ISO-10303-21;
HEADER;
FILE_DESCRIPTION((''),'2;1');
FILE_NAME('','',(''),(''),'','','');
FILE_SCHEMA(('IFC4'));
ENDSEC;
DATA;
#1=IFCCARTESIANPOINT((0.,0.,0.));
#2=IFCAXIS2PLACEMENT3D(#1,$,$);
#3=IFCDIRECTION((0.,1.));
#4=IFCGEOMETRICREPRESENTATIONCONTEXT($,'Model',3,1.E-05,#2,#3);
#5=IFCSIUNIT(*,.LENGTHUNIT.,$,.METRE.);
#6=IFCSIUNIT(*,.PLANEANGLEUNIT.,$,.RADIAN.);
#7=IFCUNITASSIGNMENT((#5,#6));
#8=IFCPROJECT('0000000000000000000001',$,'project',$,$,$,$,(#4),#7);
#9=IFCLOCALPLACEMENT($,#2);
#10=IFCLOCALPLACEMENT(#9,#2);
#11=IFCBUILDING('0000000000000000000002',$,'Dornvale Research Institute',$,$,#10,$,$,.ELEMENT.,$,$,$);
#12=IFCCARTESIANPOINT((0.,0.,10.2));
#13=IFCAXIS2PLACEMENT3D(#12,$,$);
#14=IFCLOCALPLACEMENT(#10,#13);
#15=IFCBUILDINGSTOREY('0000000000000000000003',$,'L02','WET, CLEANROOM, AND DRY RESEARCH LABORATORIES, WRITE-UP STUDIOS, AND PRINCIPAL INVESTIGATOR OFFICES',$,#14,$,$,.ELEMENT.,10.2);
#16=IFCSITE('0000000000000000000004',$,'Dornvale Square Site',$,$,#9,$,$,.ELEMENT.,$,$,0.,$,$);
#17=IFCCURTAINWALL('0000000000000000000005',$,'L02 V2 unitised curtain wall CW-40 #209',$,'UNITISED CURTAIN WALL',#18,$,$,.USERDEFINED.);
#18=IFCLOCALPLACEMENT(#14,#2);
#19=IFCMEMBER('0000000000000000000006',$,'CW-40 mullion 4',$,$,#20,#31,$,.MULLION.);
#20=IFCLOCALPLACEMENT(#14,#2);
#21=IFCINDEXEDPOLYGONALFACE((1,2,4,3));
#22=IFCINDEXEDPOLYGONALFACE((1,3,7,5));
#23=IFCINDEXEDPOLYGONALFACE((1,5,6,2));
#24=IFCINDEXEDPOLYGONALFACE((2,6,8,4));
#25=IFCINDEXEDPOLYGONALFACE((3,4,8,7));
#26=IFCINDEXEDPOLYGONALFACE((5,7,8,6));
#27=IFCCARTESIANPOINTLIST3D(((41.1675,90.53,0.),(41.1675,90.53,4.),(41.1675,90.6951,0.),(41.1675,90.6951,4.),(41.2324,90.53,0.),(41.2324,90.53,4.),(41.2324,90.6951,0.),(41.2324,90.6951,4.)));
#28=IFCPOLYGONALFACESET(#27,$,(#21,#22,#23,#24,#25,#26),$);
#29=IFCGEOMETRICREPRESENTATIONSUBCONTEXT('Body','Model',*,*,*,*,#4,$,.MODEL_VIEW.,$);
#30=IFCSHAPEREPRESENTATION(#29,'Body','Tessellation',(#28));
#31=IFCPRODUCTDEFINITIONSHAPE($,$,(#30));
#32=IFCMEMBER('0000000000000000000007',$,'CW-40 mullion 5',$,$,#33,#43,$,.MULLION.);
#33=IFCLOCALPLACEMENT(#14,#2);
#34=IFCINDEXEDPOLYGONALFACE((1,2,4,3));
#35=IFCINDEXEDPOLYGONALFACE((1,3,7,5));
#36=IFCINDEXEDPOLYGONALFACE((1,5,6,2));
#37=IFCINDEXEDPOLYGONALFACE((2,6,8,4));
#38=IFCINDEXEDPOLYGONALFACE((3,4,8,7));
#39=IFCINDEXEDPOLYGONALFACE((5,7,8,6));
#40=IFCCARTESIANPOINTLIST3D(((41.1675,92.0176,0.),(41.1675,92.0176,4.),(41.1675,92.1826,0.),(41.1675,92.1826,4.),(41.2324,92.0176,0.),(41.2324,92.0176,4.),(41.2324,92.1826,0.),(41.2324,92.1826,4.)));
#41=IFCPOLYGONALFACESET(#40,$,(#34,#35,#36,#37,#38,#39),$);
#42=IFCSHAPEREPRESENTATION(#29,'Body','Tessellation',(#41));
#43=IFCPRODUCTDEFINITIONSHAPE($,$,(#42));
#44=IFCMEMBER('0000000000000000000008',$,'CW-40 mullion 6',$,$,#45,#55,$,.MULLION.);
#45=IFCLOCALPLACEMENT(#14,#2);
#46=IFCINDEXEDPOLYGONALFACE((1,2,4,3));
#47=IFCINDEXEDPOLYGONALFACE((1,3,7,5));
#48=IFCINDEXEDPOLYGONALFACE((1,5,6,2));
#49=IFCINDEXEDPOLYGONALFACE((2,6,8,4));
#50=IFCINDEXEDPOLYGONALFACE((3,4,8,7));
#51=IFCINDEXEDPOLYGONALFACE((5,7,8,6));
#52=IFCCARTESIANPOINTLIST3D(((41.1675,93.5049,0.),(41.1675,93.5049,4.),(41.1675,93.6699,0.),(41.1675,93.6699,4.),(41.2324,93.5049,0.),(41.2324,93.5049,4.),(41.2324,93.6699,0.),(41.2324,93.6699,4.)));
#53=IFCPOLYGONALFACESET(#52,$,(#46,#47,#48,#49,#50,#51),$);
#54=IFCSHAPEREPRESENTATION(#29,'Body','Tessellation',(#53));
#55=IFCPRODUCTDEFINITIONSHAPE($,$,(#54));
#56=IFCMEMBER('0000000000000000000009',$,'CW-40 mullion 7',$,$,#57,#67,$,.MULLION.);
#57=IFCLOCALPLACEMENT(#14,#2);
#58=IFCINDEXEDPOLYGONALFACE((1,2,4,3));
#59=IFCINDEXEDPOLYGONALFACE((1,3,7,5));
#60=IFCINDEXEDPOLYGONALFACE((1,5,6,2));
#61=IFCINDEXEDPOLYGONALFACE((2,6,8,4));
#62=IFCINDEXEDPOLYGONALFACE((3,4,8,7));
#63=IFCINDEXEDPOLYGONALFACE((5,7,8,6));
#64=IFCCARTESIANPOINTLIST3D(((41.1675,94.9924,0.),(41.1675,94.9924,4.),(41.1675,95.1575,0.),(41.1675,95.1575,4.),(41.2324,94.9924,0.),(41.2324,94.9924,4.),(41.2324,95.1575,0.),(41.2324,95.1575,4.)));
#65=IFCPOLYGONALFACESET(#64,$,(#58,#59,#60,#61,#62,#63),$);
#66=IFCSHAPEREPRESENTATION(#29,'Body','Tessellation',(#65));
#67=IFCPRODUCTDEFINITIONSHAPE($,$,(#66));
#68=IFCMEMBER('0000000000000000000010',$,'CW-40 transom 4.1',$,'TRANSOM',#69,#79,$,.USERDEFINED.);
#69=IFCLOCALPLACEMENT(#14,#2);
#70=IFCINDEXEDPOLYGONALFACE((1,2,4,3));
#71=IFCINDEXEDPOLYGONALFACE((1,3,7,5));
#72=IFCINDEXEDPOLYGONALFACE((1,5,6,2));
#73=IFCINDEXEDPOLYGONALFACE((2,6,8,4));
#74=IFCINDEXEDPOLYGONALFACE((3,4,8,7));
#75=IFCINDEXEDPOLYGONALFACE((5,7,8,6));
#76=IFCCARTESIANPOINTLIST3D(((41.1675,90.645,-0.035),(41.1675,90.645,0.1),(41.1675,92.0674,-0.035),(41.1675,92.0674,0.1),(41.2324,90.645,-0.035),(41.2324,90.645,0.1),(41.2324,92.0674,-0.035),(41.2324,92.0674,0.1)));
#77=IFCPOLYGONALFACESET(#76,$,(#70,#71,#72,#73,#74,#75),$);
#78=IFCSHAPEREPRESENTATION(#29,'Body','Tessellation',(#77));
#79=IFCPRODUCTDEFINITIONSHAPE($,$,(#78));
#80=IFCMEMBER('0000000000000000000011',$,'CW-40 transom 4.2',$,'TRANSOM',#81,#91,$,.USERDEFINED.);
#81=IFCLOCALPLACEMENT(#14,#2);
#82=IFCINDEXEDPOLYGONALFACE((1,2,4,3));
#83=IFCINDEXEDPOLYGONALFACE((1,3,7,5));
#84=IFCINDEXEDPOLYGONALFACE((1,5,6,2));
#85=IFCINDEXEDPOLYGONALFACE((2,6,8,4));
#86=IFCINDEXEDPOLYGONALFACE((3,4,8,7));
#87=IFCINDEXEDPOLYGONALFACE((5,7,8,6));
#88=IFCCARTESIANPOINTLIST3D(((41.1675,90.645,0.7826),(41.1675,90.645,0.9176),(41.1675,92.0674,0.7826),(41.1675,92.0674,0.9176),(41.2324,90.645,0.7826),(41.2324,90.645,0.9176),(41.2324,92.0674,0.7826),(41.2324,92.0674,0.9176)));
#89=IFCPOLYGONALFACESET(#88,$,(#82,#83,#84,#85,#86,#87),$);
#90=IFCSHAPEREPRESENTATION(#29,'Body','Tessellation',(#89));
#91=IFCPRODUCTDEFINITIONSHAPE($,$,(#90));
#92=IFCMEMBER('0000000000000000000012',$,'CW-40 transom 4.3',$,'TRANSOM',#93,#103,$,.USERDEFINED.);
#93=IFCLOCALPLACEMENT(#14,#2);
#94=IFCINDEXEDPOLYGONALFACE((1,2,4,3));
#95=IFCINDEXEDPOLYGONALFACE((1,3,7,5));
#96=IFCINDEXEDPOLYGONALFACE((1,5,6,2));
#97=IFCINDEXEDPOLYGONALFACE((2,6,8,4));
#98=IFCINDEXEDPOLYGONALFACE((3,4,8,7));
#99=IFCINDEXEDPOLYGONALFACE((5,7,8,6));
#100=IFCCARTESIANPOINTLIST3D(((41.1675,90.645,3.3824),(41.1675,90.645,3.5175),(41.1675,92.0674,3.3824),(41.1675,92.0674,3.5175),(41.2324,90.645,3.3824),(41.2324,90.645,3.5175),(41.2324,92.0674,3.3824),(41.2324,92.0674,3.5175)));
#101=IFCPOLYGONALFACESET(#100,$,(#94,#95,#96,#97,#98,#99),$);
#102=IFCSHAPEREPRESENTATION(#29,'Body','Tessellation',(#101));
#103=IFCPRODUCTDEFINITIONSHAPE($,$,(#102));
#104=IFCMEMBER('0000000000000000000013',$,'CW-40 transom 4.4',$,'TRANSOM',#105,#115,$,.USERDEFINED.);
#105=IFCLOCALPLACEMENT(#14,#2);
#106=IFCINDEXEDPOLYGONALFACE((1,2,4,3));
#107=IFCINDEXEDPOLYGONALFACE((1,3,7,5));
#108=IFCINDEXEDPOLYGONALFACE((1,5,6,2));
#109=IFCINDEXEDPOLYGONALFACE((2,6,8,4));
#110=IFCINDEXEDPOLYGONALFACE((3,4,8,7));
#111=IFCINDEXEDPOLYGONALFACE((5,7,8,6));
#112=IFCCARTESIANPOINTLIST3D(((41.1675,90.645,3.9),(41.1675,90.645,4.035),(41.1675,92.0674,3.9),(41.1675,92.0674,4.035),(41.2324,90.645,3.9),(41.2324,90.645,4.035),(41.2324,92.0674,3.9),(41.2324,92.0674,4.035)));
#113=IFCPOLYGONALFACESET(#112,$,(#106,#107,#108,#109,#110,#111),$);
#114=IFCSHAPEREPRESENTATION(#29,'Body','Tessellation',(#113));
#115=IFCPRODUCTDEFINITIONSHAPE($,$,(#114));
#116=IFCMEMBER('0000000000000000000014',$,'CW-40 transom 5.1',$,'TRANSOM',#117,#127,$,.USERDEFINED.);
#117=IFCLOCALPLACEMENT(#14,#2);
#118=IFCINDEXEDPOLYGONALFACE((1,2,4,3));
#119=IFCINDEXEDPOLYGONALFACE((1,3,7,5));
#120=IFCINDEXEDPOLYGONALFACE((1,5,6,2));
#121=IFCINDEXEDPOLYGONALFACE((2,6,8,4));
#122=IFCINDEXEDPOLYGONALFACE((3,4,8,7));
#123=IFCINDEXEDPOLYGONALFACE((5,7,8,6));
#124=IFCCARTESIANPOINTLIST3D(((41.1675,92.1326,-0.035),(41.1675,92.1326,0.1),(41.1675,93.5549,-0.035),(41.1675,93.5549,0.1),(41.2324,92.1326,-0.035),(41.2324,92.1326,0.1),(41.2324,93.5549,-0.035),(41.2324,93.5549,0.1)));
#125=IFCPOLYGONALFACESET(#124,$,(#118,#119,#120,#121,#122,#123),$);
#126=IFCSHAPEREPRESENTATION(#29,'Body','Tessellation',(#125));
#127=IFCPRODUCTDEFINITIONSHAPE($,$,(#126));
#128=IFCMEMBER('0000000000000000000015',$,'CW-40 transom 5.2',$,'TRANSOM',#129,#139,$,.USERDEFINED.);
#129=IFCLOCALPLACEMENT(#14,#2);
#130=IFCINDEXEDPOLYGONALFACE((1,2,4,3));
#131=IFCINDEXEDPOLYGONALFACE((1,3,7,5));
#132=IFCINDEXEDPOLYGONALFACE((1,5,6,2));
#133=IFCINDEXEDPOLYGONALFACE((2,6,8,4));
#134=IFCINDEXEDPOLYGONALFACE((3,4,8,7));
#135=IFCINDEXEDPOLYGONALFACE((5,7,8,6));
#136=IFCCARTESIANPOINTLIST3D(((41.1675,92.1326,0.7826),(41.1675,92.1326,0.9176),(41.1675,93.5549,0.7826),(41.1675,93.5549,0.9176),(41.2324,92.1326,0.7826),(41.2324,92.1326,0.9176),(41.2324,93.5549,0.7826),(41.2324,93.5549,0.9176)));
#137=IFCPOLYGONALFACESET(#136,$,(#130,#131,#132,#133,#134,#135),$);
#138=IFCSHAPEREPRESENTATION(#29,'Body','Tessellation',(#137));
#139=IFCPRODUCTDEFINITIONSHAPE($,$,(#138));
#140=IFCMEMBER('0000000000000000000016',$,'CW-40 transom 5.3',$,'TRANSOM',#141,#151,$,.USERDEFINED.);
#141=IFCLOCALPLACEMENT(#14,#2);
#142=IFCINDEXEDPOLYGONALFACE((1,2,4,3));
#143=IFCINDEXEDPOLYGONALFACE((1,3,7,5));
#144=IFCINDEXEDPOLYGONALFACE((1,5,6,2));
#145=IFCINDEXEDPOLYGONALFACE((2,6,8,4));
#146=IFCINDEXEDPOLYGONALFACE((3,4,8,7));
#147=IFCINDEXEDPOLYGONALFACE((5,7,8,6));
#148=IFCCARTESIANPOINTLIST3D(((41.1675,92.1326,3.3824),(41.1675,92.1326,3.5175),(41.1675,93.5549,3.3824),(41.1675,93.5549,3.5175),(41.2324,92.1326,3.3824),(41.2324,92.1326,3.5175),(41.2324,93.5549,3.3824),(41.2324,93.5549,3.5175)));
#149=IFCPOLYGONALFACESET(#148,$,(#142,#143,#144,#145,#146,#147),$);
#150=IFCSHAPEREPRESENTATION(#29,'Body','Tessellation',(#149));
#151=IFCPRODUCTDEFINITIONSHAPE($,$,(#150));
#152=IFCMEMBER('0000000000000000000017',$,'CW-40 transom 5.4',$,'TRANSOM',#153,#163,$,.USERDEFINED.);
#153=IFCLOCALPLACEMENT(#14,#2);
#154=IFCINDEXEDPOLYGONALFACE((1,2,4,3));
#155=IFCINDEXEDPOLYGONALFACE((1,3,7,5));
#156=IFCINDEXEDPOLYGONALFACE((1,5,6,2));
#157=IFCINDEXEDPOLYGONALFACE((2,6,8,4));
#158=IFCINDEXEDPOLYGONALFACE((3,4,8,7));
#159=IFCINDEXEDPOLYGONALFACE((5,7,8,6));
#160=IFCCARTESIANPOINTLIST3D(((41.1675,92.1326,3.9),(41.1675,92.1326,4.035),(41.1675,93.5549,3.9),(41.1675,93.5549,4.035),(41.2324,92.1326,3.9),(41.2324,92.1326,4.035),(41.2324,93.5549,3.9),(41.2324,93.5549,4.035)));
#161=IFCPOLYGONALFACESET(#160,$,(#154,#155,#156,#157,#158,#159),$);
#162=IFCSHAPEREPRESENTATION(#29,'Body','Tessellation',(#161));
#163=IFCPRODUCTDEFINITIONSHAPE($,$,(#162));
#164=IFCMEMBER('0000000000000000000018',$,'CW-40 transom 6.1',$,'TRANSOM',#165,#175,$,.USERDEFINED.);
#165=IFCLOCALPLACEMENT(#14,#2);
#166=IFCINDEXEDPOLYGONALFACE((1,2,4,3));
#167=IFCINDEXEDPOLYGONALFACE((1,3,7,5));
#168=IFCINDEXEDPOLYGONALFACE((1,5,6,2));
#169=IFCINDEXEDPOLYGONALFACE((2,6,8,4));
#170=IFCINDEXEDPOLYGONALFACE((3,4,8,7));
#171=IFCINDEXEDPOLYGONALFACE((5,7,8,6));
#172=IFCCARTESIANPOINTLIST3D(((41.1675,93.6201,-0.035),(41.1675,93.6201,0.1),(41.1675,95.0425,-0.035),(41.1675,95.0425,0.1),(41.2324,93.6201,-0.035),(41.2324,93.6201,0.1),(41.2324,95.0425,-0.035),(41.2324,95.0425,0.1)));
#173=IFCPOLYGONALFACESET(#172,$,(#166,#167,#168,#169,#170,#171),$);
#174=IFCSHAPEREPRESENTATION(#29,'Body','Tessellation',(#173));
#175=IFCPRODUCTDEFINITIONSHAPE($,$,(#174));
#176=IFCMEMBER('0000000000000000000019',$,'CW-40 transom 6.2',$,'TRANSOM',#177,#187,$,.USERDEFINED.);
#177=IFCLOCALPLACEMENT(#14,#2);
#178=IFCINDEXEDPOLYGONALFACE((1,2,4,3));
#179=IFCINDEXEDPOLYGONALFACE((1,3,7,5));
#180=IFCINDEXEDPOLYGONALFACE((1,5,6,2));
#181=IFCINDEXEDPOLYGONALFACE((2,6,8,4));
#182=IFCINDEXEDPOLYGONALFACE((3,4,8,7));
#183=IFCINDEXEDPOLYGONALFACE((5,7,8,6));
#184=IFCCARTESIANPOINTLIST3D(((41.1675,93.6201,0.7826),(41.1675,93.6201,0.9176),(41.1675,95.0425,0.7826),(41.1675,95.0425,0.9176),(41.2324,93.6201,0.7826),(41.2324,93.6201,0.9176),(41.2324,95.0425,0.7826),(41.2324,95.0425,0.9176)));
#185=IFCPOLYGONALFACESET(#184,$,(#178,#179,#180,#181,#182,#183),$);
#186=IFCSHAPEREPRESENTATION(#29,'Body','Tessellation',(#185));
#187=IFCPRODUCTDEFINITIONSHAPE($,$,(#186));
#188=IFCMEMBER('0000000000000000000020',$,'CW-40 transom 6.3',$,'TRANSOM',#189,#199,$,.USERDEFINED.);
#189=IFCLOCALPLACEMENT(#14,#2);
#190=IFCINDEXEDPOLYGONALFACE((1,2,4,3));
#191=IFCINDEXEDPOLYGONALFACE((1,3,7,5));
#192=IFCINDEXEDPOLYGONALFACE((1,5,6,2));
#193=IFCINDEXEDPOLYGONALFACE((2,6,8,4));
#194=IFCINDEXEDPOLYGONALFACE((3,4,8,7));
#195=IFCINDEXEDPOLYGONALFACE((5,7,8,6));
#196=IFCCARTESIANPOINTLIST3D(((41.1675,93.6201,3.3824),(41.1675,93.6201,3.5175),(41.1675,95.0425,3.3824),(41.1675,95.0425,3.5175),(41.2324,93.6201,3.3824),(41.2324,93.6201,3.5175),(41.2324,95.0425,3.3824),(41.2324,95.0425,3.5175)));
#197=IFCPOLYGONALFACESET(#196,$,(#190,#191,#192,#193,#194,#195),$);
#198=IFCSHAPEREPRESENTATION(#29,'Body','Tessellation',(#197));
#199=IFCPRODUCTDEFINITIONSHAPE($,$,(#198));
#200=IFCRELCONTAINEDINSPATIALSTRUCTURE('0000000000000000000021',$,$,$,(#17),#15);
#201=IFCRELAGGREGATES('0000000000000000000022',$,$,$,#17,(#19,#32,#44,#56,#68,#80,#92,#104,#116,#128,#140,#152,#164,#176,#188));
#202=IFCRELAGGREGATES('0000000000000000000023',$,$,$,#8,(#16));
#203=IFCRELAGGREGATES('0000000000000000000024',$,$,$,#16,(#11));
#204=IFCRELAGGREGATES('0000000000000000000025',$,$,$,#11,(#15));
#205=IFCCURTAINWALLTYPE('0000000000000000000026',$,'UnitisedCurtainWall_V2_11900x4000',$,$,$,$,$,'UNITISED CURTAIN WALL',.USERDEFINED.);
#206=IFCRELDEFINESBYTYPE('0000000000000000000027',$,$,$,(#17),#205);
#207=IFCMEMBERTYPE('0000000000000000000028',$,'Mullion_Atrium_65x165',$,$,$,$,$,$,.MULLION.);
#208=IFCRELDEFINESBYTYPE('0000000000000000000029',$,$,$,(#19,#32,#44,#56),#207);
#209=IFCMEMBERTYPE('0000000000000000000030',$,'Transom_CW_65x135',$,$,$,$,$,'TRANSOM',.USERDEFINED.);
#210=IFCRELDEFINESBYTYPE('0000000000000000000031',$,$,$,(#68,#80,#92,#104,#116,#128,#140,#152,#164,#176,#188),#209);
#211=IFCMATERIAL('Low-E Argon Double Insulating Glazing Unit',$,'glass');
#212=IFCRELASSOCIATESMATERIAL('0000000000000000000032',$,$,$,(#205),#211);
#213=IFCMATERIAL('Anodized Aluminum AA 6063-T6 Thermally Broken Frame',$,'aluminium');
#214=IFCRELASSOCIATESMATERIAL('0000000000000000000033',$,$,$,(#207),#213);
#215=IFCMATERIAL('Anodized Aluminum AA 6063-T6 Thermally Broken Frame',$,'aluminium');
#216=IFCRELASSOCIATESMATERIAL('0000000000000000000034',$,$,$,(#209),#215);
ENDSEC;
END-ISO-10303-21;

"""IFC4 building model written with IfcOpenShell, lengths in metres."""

from ifc_helpers import new_model, si_unit, direction, frame, origin, origin_2d, place, context, subcontext, project, spatial, rectangle, extrude, material, material_profile, profile_set, type_object, element, aggregate, save


model = new_model("IFC4")

# Units and contexts
model_context = context("Model", 3, precision=1e-05, world=origin(), true_north=direction((0.0, 1.0)))
body_context = subcontext(model_context, "Body", "Model", "MODEL_VIEW")
ifc_project = project(units=[si_unit("LENGTHUNIT", "METRE"), si_unit("PLANEANGLEUNIT", "RADIAN")], contexts=[model_context])

# Site, building, storey
site_placement = place(None, origin())
site = spatial("IfcSite", under=ifc_project, at=site_placement, Name="Dornvale Square Site", CompositionType="ELEMENT", RefElevation=0.0)
building_placement = place(site_placement, origin())
building = spatial("IfcBuilding", under=site, at=building_placement, Name="Dornvale Research Institute", CompositionType="ELEMENT")
storey_placement = place(building_placement, frame((0.0, 0.0, 10.2)))
storey = spatial("IfcBuildingStorey", under=building, at=storey_placement, Name="L02", Description="WET, CLEANROOM, AND DRY RESEARCH LABORATORIES, WRITE-UP STUDIOS, AND PRINCIPAL INVESTIGATOR OFFICES", CompositionType="ELEMENT", Elevation=10.2)

# Curtain wall, members
ifc_material_1 = material(Name="Low-E Argon Double Insulating Glazing Unit", Category="glass")
curtain_wall_type = type_object("IfcCurtainWallType", Name="UnitisedCurtainWall_V2_11900x4000", ElementType="UNITISED CURTAIN WALL", PredefinedType="USERDEFINED", material=ifc_material_1)
curtain_wall_placement = place(storey_placement, origin())
curtain_wall = element("IfcCurtainWall", 1, at=curtain_wall_placement, inside=storey, type_object=curtain_wall_type, Name="L02 V2 unitised curtain wall CW-40 #209", ObjectType="UNITISED CURTAIN WALL", PredefinedType="USERDEFINED")
ifc_material_2 = material(Name="Anodized Aluminum AA 6063-T6 Thermally Broken Frame", Category="aluminium")
ifc_material_profile_1 = material_profile(ifc_material_2, rectangle(XDim=0.0649, YDim=0.165, at=origin_2d()), Name="ALU MULLION 65x165")
ifc_profile_set_1 = profile_set([ifc_material_profile_1], Name="Anodized Aluminum AA 6063-T6 Thermally Broken Frame")
member_type_1 = type_object("IfcMemberType", Name="Mullion_Atrium_65x165", PredefinedType="MULLION", material=ifc_profile_set_1)
member_1_placement = place(storey_placement, frame((41.2, 90.6125, 0.0), z_axis=(0.0, 0.0, 1.0), x_axis=(-1.0, 0.0, 0.0)))
member_1 = element("IfcMember", 2, at=member_1_placement, type_object=member_type_1, Name="CW-40 mullion 4", PredefinedType="MULLION", context=body_context, shape_type="SweptSolid", body=[
    extrude(rectangle(XDim=0.0649, YDim=0.165, at=origin_2d()), origin(), (0.0, 0.0, 1.0), 4.0),
])
member_2_placement = place(storey_placement, frame((41.2, 92.1001, 0.0), z_axis=(0.0, 0.0, 1.0), x_axis=(-1.0, 0.0, 0.0)))
member_2 = element("IfcMember", 3, at=member_2_placement, type_object=member_type_1, Name="CW-40 mullion 5", PredefinedType="MULLION", context=body_context, shape_type="SweptSolid", body=[
    extrude(rectangle(XDim=0.0649, YDim=0.165, at=origin_2d()), origin(), (0.0, 0.0, 1.0), 4.0),
])
member_3_placement = place(storey_placement, frame((41.2, 93.5874, 0.0), z_axis=(0.0, 0.0, 1.0), x_axis=(-1.0, 0.0, 0.0)))
member_3 = element("IfcMember", 4, at=member_3_placement, type_object=member_type_1, Name="CW-40 mullion 6", PredefinedType="MULLION", context=body_context, shape_type="SweptSolid", body=[
    extrude(rectangle(XDim=0.0649, YDim=0.165, at=origin_2d()), origin(), (0.0, 0.0, 1.0), 4.0),
])
member_4_placement = place(storey_placement, frame((41.2, 95.075, 0.0), z_axis=(0.0, 0.0, 1.0), x_axis=(-1.0, 0.0, 0.0)))
member_4 = element("IfcMember", 5, at=member_4_placement, type_object=member_type_1, Name="CW-40 mullion 7", PredefinedType="MULLION", context=body_context, shape_type="SweptSolid", body=[
    extrude(rectangle(XDim=0.0649, YDim=0.165, at=origin_2d()), origin(), (0.0, 0.0, 1.0), 4.0),
])
ifc_material_3 = material(Name="Anodized Aluminum AA 6063-T6 Thermally Broken Frame", Category="aluminium")
ifc_material_profile_2 = material_profile(ifc_material_3, rectangle(XDim=0.0649, YDim=0.135, at=origin_2d()), Name="ALU TRANSOM 65x135")
ifc_profile_set_2 = profile_set([ifc_material_profile_2], Name="Anodized Aluminum AA 6063-T6 Thermally Broken Frame")
member_type_2 = type_object("IfcMemberType", Name="Transom_CW_65x135", ElementType="TRANSOM", PredefinedType="USERDEFINED", material=ifc_profile_set_2)
member_5_placement = place(storey_placement, frame((41.2, 90.645, 0.0325), z_axis=(0.0, 1.0, 0.0), x_axis=(-1.0, 0.0, 0.0)))
member_5 = element("IfcMember", 6, at=member_5_placement, type_object=member_type_2, Name="CW-40 transom 4.1", ObjectType="TRANSOM", PredefinedType="USERDEFINED", context=body_context, shape_type="SweptSolid", body=[
    extrude(rectangle(XDim=0.0649, YDim=0.135, at=origin_2d()), origin(), (0.0, 0.0, 1.0), 1.4224),
])
member_6_placement = place(storey_placement, frame((41.2, 90.645, 0.8501), z_axis=(0.0, 1.0, 0.0), x_axis=(-1.0, 0.0, 0.0)))
member_6 = element("IfcMember", 7, at=member_6_placement, type_object=member_type_2, Name="CW-40 transom 4.2", ObjectType="TRANSOM", PredefinedType="USERDEFINED", context=body_context, shape_type="SweptSolid", body=[
    extrude(rectangle(XDim=0.0649, YDim=0.135, at=origin_2d()), origin(), (0.0, 0.0, 1.0), 1.4224),
])
member_7_placement = place(storey_placement, frame((41.2, 90.645, 3.45), z_axis=(0.0, 1.0, 0.0), x_axis=(-1.0, 0.0, 0.0)))
member_7 = element("IfcMember", 8, at=member_7_placement, type_object=member_type_2, Name="CW-40 transom 4.3", ObjectType="TRANSOM", PredefinedType="USERDEFINED", context=body_context, shape_type="SweptSolid", body=[
    extrude(rectangle(XDim=0.0649, YDim=0.135, at=origin_2d()), origin(), (0.0, 0.0, 1.0), 1.4224),
])
member_8_placement = place(storey_placement, frame((41.2, 90.645, 3.9675), z_axis=(0.0, 1.0, 0.0), x_axis=(-1.0, 0.0, 0.0)))
member_8 = element("IfcMember", 9, at=member_8_placement, type_object=member_type_2, Name="CW-40 transom 4.4", ObjectType="TRANSOM", PredefinedType="USERDEFINED", context=body_context, shape_type="SweptSolid", body=[
    extrude(rectangle(XDim=0.0649, YDim=0.135, at=origin_2d()), origin(), (0.0, 0.0, 1.0), 1.4224),
])
member_9_placement = place(storey_placement, frame((41.2, 92.1326, 0.0325), z_axis=(0.0, 1.0, 0.0), x_axis=(-1.0, 0.0, 0.0)))
member_9 = element("IfcMember", 10, at=member_9_placement, type_object=member_type_2, Name="CW-40 transom 5.1", ObjectType="TRANSOM", PredefinedType="USERDEFINED", context=body_context, shape_type="SweptSolid", body=[
    extrude(rectangle(XDim=0.0649, YDim=0.135, at=origin_2d()), origin(), (0.0, 0.0, 1.0), 1.4224),
])
member_10_placement = place(storey_placement, frame((41.2, 92.1326, 0.8501), z_axis=(0.0, 1.0, 0.0), x_axis=(-1.0, 0.0, 0.0)))
member_10 = element("IfcMember", 11, at=member_10_placement, type_object=member_type_2, Name="CW-40 transom 5.2", ObjectType="TRANSOM", PredefinedType="USERDEFINED", context=body_context, shape_type="SweptSolid", body=[
    extrude(rectangle(XDim=0.0649, YDim=0.135, at=origin_2d()), origin(), (0.0, 0.0, 1.0), 1.4224),
])
member_11_placement = place(storey_placement, frame((41.2, 92.1326, 3.45), z_axis=(0.0, 1.0, 0.0), x_axis=(-1.0, 0.0, 0.0)))
member_11 = element("IfcMember", 12, at=member_11_placement, type_object=member_type_2, Name="CW-40 transom 5.3", ObjectType="TRANSOM", PredefinedType="USERDEFINED", context=body_context, shape_type="SweptSolid", body=[
    extrude(rectangle(XDim=0.0649, YDim=0.135, at=origin_2d()), origin(), (0.0, 0.0, 1.0), 1.4224),
])
member_12_placement = place(storey_placement, frame((41.2, 92.1326, 3.9675), z_axis=(0.0, 1.0, 0.0), x_axis=(-1.0, 0.0, 0.0)))
member_12 = element("IfcMember", 13, at=member_12_placement, type_object=member_type_2, Name="CW-40 transom 5.4", ObjectType="TRANSOM", PredefinedType="USERDEFINED", context=body_context, shape_type="SweptSolid", body=[
    extrude(rectangle(XDim=0.0649, YDim=0.135, at=origin_2d()), origin(), (0.0, 0.0, 1.0), 1.4224),
])
member_13_placement = place(storey_placement, frame((41.2, 93.6201, 0.0325), z_axis=(0.0, 1.0, 0.0), x_axis=(-1.0, 0.0, 0.0)))
member_13 = element("IfcMember", 14, at=member_13_placement, type_object=member_type_2, Name="CW-40 transom 6.1", ObjectType="TRANSOM", PredefinedType="USERDEFINED", context=body_context, shape_type="SweptSolid", body=[
    extrude(rectangle(XDim=0.0649, YDim=0.135, at=origin_2d()), origin(), (0.0, 0.0, 1.0), 1.4224),
])
member_14_placement = place(storey_placement, frame((41.2, 93.6201, 0.8501), z_axis=(0.0, 1.0, 0.0), x_axis=(-1.0, 0.0, 0.0)))
member_14 = element("IfcMember", 15, at=member_14_placement, type_object=member_type_2, Name="CW-40 transom 6.2", ObjectType="TRANSOM", PredefinedType="USERDEFINED", context=body_context, shape_type="SweptSolid", body=[
    extrude(rectangle(XDim=0.0649, YDim=0.135, at=origin_2d()), origin(), (0.0, 0.0, 1.0), 1.4224),
])
member_15_placement = place(storey_placement, frame((41.2, 93.6201, 3.45), z_axis=(0.0, 1.0, 0.0), x_axis=(-1.0, 0.0, 0.0)))
member_15 = element("IfcMember", 16, at=member_15_placement, type_object=member_type_2, Name="CW-40 transom 6.3", ObjectType="TRANSOM", PredefinedType="USERDEFINED", context=body_context, shape_type="SweptSolid", body=[
    extrude(rectangle(XDim=0.0649, YDim=0.135, at=origin_2d()), origin(), (0.0, 0.0, 1.0), 1.4224),
])
aggregate(curtain_wall, [member_1, member_2, member_3, member_4, member_5, member_6, member_7, member_8, member_9, member_10, member_11, member_12, member_13, member_14, member_15])

save(model, "model.ifc")
